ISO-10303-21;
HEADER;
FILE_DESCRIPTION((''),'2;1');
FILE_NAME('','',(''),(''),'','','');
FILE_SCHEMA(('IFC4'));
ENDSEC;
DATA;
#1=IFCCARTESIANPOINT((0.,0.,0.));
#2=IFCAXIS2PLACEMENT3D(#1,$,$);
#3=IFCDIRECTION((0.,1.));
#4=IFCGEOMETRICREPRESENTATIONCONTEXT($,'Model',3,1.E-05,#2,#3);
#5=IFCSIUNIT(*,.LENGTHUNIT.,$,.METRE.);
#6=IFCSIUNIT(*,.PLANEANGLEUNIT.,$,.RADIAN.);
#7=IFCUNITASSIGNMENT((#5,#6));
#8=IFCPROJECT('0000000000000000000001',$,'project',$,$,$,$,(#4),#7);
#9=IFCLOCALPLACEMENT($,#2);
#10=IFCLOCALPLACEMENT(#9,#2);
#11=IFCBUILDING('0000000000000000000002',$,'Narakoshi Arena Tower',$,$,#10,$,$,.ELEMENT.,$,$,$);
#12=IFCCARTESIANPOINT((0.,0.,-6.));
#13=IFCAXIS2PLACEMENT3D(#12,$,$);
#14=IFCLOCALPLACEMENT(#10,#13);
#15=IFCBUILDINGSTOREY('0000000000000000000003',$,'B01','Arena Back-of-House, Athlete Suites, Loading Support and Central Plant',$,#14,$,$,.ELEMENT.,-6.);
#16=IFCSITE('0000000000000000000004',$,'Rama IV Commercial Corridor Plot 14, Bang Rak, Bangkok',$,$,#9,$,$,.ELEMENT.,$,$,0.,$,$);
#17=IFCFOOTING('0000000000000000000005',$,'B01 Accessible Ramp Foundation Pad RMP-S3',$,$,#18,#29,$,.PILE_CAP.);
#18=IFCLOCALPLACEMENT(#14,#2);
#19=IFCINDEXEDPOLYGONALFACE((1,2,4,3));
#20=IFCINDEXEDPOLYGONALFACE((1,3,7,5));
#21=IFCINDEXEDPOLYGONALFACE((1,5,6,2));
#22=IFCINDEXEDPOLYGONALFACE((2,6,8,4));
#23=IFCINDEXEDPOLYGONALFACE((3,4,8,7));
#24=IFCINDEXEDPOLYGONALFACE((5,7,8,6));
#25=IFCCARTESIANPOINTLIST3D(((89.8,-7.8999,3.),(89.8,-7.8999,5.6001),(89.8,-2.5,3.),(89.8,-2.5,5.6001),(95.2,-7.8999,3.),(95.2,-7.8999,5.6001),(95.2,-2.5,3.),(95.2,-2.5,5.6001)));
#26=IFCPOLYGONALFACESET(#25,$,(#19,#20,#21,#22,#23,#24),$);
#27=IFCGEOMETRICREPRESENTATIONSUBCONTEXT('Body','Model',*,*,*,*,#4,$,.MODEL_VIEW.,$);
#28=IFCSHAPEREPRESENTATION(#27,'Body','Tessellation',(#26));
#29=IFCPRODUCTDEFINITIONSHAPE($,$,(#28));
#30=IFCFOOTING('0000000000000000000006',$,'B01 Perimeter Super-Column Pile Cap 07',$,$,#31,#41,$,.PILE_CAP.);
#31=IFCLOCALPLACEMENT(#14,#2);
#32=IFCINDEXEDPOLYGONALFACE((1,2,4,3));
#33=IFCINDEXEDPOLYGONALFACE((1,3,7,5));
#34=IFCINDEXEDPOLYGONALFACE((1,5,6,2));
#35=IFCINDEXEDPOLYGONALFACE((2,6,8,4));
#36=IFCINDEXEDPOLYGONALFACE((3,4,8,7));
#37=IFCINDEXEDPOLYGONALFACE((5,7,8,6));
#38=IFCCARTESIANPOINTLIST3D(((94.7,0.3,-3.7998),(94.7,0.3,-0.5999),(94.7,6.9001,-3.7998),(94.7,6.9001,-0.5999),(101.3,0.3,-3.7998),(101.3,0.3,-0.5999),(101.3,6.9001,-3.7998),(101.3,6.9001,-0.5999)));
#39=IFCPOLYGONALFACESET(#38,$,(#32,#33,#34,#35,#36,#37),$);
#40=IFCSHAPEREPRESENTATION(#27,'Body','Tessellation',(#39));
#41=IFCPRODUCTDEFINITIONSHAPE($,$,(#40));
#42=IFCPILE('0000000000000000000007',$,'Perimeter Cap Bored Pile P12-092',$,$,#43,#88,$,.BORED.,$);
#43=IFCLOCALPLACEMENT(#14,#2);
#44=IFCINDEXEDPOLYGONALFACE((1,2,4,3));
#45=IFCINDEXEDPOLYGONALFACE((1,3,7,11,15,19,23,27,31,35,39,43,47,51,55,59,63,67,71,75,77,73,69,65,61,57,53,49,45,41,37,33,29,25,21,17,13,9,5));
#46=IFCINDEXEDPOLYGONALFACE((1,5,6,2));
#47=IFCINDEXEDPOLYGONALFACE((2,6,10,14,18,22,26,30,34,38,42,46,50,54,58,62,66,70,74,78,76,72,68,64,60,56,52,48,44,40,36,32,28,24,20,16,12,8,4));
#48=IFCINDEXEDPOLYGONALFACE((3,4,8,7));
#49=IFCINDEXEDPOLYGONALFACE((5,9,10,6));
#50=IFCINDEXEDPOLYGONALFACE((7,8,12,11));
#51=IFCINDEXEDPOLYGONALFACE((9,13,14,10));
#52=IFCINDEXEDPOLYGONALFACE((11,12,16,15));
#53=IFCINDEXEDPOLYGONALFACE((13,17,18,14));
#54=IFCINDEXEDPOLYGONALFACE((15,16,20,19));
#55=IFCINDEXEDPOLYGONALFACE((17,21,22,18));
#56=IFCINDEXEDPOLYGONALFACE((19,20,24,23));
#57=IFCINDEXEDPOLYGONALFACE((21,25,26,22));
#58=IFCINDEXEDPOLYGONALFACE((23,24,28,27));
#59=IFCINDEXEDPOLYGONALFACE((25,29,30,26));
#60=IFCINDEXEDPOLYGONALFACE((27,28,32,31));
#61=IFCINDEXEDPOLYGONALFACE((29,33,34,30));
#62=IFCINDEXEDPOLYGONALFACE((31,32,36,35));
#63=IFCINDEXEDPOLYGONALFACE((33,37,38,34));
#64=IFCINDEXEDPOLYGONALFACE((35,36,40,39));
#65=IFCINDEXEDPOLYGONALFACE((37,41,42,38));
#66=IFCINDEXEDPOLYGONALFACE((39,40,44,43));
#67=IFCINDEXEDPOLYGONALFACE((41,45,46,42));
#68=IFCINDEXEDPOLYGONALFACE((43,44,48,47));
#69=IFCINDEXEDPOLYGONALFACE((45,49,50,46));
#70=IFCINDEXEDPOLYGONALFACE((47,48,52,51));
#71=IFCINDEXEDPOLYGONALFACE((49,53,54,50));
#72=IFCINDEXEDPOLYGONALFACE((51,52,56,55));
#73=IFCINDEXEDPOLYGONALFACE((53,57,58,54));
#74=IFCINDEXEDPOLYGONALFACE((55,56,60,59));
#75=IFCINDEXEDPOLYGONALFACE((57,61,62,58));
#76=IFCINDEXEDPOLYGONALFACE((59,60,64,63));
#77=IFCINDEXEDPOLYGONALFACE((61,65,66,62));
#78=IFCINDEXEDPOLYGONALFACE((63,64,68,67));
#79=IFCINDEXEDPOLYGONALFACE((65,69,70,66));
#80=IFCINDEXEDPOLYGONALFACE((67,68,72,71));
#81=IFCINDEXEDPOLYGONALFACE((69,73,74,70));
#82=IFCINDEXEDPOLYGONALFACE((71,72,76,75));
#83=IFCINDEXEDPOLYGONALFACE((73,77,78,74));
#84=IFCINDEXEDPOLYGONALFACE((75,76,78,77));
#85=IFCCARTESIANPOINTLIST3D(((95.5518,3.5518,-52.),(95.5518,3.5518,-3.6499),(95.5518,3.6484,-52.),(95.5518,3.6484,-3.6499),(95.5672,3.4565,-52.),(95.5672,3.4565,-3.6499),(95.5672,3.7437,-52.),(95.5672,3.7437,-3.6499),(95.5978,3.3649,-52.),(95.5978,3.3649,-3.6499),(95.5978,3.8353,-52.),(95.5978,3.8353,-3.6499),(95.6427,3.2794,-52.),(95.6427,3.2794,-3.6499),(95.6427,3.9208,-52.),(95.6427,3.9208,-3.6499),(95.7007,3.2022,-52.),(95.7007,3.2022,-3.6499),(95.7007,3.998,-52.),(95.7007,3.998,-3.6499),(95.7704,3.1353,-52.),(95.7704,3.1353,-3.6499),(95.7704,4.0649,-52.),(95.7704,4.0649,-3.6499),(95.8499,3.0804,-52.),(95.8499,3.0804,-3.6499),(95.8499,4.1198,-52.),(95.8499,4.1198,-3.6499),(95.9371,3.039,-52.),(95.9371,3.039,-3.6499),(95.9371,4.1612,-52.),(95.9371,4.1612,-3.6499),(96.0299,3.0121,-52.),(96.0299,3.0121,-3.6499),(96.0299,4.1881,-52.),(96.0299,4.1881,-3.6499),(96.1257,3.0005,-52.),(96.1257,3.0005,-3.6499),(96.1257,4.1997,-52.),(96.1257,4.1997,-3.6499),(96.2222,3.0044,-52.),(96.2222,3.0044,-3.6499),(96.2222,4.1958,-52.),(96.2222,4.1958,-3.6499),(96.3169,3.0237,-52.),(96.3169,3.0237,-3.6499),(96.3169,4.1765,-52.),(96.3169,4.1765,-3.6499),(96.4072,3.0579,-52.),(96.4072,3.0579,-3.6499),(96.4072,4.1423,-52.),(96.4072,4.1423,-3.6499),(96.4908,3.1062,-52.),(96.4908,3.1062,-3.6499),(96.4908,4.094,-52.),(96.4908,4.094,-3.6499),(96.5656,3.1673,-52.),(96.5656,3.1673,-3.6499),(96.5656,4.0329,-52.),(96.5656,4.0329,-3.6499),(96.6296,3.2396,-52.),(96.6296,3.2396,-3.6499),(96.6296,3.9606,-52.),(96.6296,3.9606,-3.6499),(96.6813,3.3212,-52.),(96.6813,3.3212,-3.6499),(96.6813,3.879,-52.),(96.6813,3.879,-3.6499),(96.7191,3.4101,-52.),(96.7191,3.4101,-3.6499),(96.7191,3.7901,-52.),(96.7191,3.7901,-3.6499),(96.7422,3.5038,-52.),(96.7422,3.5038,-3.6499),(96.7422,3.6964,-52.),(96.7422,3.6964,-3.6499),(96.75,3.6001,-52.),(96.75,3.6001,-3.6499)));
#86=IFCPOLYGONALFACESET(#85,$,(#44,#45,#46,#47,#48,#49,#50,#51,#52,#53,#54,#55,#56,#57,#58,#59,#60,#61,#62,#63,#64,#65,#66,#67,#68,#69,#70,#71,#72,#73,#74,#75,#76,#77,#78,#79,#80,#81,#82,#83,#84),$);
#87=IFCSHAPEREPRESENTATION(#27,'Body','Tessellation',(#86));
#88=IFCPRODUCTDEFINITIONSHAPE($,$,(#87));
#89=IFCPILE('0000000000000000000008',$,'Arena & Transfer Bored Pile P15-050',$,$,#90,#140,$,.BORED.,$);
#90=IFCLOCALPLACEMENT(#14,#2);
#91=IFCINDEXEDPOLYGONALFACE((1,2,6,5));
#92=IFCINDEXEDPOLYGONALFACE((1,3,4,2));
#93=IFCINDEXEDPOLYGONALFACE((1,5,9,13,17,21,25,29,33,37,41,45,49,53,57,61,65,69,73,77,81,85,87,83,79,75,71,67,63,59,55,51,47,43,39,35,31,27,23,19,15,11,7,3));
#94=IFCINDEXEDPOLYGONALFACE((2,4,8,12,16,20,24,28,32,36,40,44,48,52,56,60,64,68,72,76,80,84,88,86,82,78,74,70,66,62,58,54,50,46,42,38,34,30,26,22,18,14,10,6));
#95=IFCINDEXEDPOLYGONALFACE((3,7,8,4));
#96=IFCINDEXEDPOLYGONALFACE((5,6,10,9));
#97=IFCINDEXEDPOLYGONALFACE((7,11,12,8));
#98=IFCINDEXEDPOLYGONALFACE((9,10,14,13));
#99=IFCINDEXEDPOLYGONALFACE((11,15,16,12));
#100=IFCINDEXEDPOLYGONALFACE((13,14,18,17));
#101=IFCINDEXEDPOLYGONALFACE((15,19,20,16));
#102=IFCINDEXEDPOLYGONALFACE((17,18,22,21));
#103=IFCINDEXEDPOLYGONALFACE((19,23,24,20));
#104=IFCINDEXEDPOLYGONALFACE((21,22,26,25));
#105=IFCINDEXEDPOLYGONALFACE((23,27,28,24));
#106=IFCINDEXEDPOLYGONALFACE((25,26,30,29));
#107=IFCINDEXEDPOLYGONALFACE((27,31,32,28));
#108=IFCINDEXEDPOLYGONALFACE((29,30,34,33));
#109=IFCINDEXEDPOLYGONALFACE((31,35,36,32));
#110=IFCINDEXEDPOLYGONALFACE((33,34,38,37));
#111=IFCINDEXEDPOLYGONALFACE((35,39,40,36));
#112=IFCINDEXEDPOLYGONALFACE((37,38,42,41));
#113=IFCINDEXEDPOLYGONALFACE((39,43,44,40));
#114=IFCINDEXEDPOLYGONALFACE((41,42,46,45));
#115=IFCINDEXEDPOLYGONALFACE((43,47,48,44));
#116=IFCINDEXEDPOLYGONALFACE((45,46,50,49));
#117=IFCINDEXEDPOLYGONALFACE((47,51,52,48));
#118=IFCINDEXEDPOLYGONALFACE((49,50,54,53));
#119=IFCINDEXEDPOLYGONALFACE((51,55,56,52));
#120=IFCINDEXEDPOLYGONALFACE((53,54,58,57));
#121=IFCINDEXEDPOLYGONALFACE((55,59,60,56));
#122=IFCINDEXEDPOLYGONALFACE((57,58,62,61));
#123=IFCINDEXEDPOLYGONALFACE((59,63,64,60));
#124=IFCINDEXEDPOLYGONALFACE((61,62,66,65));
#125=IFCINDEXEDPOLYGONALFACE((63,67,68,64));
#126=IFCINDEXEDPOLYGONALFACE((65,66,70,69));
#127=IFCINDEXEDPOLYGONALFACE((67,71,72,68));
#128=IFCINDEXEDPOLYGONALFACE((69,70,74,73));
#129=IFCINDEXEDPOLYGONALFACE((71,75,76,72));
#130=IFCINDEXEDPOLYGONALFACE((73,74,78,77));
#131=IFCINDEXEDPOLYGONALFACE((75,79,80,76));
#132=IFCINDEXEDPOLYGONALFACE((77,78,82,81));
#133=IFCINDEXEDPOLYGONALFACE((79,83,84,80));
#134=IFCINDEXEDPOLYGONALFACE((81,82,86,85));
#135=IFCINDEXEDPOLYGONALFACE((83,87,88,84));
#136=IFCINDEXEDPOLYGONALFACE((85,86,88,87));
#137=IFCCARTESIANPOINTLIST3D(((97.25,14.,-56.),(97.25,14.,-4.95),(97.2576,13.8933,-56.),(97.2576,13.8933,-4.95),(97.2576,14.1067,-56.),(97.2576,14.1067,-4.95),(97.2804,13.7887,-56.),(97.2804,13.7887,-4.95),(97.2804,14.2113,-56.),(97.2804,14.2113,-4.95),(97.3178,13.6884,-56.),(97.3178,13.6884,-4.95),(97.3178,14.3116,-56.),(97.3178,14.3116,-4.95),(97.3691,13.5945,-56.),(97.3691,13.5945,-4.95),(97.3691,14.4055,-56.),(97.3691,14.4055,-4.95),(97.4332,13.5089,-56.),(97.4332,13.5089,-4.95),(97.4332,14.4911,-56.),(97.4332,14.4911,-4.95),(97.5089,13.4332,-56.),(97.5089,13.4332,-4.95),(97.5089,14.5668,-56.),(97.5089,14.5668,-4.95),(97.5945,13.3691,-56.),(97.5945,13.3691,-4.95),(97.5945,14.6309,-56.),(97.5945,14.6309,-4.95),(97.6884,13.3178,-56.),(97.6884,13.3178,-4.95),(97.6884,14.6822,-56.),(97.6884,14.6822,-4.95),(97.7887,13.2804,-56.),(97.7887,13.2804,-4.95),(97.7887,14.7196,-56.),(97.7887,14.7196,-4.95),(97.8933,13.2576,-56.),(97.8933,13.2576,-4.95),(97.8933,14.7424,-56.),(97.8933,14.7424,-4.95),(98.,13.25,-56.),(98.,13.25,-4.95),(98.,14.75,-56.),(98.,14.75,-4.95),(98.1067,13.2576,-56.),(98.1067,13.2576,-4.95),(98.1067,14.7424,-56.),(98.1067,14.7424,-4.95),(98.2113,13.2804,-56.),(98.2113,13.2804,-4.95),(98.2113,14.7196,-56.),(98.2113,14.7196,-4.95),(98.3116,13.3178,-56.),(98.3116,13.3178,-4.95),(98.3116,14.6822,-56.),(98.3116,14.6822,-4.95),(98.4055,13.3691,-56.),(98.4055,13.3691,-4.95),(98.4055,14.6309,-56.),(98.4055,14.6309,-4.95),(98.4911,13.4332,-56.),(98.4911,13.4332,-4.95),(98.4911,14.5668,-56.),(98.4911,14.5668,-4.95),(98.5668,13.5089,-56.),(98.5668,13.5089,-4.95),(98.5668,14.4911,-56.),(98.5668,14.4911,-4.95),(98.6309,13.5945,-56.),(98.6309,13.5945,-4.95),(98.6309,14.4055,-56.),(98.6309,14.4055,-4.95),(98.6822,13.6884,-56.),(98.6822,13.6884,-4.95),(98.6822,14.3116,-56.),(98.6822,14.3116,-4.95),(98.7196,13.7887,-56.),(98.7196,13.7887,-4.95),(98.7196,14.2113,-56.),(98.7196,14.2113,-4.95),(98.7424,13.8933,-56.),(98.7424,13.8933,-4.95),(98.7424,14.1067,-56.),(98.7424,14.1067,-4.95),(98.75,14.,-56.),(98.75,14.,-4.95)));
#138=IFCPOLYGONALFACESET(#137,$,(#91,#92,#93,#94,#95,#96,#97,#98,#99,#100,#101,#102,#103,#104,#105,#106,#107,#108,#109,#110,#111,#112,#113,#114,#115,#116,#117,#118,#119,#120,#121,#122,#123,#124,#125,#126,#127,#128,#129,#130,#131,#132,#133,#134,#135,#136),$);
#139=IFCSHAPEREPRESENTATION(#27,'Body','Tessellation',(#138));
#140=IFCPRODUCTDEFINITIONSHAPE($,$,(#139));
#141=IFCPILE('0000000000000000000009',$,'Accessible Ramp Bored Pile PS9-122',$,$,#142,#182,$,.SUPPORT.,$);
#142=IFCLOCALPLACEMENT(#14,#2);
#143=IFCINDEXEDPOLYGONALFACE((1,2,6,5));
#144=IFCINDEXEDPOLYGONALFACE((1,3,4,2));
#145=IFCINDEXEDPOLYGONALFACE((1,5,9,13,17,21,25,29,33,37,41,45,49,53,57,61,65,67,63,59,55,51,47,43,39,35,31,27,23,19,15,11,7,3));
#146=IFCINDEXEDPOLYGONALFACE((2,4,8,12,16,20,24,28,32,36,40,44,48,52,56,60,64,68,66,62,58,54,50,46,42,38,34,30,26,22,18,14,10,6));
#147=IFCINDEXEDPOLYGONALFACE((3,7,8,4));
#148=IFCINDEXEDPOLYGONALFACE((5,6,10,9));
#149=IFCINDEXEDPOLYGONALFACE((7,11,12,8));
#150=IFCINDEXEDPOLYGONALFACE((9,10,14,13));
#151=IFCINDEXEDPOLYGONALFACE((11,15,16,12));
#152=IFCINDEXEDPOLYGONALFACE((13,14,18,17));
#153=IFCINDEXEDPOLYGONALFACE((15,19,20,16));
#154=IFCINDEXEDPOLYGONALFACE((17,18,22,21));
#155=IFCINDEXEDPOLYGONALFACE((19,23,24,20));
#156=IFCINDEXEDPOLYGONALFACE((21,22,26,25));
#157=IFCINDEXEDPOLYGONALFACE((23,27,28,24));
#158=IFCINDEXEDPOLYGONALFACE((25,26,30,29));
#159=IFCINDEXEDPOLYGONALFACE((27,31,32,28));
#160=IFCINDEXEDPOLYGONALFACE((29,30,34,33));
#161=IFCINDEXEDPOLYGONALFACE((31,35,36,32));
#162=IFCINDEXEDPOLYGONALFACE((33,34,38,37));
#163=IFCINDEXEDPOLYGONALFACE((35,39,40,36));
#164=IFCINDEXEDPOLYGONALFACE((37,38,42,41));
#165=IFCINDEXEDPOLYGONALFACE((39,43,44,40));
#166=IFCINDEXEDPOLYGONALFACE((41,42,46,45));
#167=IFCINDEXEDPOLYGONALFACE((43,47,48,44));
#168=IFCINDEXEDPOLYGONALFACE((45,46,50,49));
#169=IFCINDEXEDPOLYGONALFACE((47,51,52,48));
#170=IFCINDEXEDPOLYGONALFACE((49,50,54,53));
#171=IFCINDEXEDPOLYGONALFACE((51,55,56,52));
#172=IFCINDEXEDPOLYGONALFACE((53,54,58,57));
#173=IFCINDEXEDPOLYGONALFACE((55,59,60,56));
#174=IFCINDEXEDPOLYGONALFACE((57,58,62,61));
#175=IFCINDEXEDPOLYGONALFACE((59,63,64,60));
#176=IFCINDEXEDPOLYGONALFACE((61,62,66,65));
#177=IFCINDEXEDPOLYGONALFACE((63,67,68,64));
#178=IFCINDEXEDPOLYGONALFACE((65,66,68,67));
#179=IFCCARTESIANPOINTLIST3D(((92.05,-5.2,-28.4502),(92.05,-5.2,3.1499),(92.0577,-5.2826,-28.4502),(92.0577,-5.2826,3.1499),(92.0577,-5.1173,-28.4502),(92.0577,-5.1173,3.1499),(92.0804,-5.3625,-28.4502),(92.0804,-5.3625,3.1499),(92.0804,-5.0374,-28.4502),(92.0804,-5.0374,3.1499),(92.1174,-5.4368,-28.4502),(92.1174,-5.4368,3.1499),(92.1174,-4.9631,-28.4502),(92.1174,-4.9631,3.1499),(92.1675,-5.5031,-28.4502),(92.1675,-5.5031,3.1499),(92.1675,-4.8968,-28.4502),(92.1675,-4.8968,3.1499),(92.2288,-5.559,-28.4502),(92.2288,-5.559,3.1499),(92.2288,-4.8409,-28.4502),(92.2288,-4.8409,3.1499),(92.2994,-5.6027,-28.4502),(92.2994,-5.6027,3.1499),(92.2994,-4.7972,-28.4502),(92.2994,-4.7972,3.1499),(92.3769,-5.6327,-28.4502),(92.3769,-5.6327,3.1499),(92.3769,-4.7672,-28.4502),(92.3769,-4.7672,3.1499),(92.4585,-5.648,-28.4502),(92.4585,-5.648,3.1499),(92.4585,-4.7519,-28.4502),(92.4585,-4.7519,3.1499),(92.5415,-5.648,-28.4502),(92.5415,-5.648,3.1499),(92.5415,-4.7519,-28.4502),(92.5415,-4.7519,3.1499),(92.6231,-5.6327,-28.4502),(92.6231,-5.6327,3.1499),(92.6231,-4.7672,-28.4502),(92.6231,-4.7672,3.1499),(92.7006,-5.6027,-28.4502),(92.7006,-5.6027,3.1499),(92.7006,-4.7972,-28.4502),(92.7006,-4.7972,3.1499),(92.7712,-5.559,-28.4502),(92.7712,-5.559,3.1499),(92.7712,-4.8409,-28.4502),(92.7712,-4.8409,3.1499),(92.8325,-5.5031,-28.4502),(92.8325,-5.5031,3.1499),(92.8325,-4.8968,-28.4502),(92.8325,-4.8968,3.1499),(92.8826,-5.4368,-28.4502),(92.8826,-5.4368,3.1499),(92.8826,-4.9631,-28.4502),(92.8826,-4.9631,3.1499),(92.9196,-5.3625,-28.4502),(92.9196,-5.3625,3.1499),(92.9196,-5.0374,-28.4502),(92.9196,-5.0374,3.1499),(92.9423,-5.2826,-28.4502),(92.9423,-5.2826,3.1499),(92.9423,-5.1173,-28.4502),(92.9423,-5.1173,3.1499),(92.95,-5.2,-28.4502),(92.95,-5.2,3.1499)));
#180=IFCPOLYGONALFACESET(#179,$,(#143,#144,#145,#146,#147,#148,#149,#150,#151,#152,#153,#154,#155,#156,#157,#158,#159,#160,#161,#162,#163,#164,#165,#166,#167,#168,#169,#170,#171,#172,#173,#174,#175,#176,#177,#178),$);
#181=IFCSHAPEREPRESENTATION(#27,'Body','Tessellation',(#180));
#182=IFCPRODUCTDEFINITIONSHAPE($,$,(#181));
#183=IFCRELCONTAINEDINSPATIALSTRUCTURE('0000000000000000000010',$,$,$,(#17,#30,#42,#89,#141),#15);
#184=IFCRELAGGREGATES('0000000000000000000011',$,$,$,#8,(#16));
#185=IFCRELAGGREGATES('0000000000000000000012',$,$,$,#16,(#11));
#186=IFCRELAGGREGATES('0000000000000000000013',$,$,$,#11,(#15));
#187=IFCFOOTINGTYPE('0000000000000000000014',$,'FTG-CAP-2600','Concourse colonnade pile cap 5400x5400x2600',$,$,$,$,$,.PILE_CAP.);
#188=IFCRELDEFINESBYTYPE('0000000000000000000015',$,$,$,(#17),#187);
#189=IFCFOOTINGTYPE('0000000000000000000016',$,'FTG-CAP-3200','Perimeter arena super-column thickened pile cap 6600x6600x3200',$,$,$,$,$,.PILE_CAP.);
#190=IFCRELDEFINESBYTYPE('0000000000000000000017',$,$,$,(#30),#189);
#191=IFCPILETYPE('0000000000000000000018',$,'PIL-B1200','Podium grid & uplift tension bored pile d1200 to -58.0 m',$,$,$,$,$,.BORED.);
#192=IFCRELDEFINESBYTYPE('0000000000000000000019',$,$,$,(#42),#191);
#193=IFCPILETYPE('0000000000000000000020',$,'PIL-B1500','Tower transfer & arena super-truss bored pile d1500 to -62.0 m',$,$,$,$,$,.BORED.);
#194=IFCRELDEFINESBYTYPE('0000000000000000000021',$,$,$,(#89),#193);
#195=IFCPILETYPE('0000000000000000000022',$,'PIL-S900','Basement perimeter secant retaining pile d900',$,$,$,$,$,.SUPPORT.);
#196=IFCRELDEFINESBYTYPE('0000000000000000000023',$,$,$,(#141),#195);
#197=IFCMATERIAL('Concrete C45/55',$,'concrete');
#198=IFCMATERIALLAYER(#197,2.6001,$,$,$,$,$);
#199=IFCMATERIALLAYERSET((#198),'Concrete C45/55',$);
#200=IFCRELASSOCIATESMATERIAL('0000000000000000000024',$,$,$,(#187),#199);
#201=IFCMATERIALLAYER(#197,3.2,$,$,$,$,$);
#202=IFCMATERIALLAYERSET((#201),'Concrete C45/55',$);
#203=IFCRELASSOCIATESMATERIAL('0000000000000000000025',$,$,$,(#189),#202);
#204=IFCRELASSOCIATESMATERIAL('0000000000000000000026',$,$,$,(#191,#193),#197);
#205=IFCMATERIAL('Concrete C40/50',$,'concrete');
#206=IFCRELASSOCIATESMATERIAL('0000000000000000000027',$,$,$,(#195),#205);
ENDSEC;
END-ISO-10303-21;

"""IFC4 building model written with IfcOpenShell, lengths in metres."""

from ifc_helpers import new_model, si_unit, direction, frame, origin, origin_2d, place, context, subcontext, project, spatial, rectangle, circle, extrude, material, layer, layer_set, material_profile, profile_set, type_object, element, save


model = new_model("IFC4")

# Units and contexts
model_context = context("Model", 3, precision=1e-05, world=origin(), true_north=direction((0.0, 1.0)))
body_context = subcontext(model_context, "Body", "Model", "MODEL_VIEW")
ifc_project = project(units=[si_unit("LENGTHUNIT", "METRE"), si_unit("PLANEANGLEUNIT", "RADIAN")], contexts=[model_context])

# Site, building, storey
site_placement = place(None, origin())
site = spatial("IfcSite", under=ifc_project, at=site_placement, Name="Rama IV Commercial Corridor Plot 14, Bang Rak, Bangkok", CompositionType="ELEMENT", RefElevation=0.0)
building_placement = place(site_placement, origin())
building = spatial("IfcBuilding", under=site, at=building_placement, Name="Narakoshi Arena Tower", CompositionType="ELEMENT")
storey_placement = place(building_placement, frame((0.0, 0.0, -6.0)))
storey = spatial("IfcBuildingStorey", under=building, at=storey_placement, Name="B01", Description="Arena Back-of-House, Athlete Suites, Loading Support and Central Plant", CompositionType="ELEMENT", Elevation=-6.0)

# Footings
ifc_material_1 = material(Name="Concrete C45/55", Category="concrete")
ifc_layer_1 = layer(ifc_material_1, 2.6001)
ifc_layer_set_1 = layer_set([ifc_layer_1], Name="Concrete C45/55")
footing_type_1 = type_object("IfcFootingType", Name="FTG-CAP-2600", Description="Concourse colonnade pile cap 5400x5400x2600", PredefinedType="PILE_CAP", material=ifc_layer_set_1)
footing_1_placement = place(storey_placement, frame((92.5, -5.2, 3.0), z_axis=(0.0, 0.0, 1.0), x_axis=(1.0, 0.0, 0.0)))
element("IfcFooting", 1, at=footing_1_placement, inside=storey, type_object=footing_type_1, Name="B01 Accessible Ramp Foundation Pad RMP-S3", PredefinedType="PILE_CAP", context=body_context, shape_type="SweptSolid", body=[
    extrude(rectangle(XDim=5.3999, YDim=5.3999, at=origin_2d()), origin(), (0.0, 0.0, 1.0), 2.6001),
])
ifc_layer_2 = layer(ifc_material_1, 3.2)
ifc_layer_set_2 = layer_set([ifc_layer_2], Name="Concrete C45/55")
footing_type_2 = type_object("IfcFootingType", Name="FTG-CAP-3200", Description="Perimeter arena super-column thickened pile cap 6600x6600x3200", PredefinedType="PILE_CAP", material=ifc_layer_set_2)
footing_2_placement = place(storey_placement, frame((98.0, 3.6001, -3.7998), z_axis=(0.0, 0.0, 1.0), x_axis=(1.0, 0.0, 0.0)))
element("IfcFooting", 2, at=footing_2_placement, inside=storey, type_object=footing_type_2, Name="B01 Perimeter Super-Column Pile Cap 07", PredefinedType="PILE_CAP", context=body_context, shape_type="SweptSolid", body=[
    extrude(rectangle(XDim=6.6001, YDim=6.6001, at=origin_2d()), origin(), (0.0, 0.0, 1.0), 3.2),
])

# Piles
ifc_material_profile_1 = material_profile(ifc_material_1, circle(Radius=0.6001, at=origin_2d()), Name="PILE-D1200")
ifc_profile_set_1 = profile_set([ifc_material_profile_1], Name="Concrete C45/55")
pile_type_1 = type_object("IfcPileType", Name="PIL-B1200", Description="Podium grid & uplift tension bored pile d1200 to -58.0 m", PredefinedType="BORED", material=ifc_profile_set_1)
pile_1_placement = place(storey_placement, frame((96.1499, 3.6001, -3.6499), z_axis=(0.0, 0.0, -1.0), x_axis=(1.0, 0.0, 0.0)))
element("IfcPile", 3, at=pile_1_placement, inside=storey, type_object=pile_type_1, Name="Perimeter Cap Bored Pile P12-092", PredefinedType="BORED", context=body_context, shape_type="SweptSolid", body=[
    extrude(circle(Radius=0.6001, at=origin_2d()), origin(), (0.0, 0.0, 1.0), 48.3501),
])
ifc_material_profile_2 = material_profile(ifc_material_1, circle(Radius=0.75, at=origin_2d()), Name="PILE-D1500")
ifc_profile_set_2 = profile_set([ifc_material_profile_2], Name="Concrete C45/55")
pile_type_2 = type_object("IfcPileType", Name="PIL-B1500", Description="Tower transfer & arena super-truss bored pile d1500 to -62.0 m", PredefinedType="BORED", material=ifc_profile_set_2)
pile_2_placement = place(storey_placement, frame((98.0, 14.0, -4.95), z_axis=(0.0, 0.0, -1.0), x_axis=(1.0, 0.0, 0.0)))
element("IfcPile", 4, at=pile_2_placement, inside=storey, type_object=pile_type_2, Name="Arena & Transfer Bored Pile P15-050", PredefinedType="BORED", context=body_context, shape_type="SweptSolid", body=[
    extrude(circle(Radius=0.75, at=origin_2d()), origin(), (0.0, 0.0, 1.0), 51.05),
])
ifc_material_2 = material(Name="Concrete C40/50", Category="concrete")
ifc_material_profile_3 = material_profile(ifc_material_2, circle(Radius=0.45, at=origin_2d()), Name="PILE-D900")
ifc_profile_set_3 = profile_set([ifc_material_profile_3], Name="Concrete C40/50")
pile_type_3 = type_object("IfcPileType", Name="PIL-S900", Description="Basement perimeter secant retaining pile d900", PredefinedType="SUPPORT", material=ifc_profile_set_3)
pile_3_placement = place(storey_placement, frame((92.5, -5.2, 3.1499), z_axis=(0.0, 0.0, -1.0), x_axis=(1.0, 0.0, 0.0)))
element("IfcPile", 5, at=pile_3_placement, inside=storey, type_object=pile_type_3, Name="Accessible Ramp Bored Pile PS9-122", PredefinedType="SUPPORT", context=body_context, shape_type="SweptSolid", body=[
    extrude(circle(Radius=0.45, at=origin_2d()), origin(), (0.0, 0.0, 1.0), 31.6001),
])

save(model, "model.ifc")
